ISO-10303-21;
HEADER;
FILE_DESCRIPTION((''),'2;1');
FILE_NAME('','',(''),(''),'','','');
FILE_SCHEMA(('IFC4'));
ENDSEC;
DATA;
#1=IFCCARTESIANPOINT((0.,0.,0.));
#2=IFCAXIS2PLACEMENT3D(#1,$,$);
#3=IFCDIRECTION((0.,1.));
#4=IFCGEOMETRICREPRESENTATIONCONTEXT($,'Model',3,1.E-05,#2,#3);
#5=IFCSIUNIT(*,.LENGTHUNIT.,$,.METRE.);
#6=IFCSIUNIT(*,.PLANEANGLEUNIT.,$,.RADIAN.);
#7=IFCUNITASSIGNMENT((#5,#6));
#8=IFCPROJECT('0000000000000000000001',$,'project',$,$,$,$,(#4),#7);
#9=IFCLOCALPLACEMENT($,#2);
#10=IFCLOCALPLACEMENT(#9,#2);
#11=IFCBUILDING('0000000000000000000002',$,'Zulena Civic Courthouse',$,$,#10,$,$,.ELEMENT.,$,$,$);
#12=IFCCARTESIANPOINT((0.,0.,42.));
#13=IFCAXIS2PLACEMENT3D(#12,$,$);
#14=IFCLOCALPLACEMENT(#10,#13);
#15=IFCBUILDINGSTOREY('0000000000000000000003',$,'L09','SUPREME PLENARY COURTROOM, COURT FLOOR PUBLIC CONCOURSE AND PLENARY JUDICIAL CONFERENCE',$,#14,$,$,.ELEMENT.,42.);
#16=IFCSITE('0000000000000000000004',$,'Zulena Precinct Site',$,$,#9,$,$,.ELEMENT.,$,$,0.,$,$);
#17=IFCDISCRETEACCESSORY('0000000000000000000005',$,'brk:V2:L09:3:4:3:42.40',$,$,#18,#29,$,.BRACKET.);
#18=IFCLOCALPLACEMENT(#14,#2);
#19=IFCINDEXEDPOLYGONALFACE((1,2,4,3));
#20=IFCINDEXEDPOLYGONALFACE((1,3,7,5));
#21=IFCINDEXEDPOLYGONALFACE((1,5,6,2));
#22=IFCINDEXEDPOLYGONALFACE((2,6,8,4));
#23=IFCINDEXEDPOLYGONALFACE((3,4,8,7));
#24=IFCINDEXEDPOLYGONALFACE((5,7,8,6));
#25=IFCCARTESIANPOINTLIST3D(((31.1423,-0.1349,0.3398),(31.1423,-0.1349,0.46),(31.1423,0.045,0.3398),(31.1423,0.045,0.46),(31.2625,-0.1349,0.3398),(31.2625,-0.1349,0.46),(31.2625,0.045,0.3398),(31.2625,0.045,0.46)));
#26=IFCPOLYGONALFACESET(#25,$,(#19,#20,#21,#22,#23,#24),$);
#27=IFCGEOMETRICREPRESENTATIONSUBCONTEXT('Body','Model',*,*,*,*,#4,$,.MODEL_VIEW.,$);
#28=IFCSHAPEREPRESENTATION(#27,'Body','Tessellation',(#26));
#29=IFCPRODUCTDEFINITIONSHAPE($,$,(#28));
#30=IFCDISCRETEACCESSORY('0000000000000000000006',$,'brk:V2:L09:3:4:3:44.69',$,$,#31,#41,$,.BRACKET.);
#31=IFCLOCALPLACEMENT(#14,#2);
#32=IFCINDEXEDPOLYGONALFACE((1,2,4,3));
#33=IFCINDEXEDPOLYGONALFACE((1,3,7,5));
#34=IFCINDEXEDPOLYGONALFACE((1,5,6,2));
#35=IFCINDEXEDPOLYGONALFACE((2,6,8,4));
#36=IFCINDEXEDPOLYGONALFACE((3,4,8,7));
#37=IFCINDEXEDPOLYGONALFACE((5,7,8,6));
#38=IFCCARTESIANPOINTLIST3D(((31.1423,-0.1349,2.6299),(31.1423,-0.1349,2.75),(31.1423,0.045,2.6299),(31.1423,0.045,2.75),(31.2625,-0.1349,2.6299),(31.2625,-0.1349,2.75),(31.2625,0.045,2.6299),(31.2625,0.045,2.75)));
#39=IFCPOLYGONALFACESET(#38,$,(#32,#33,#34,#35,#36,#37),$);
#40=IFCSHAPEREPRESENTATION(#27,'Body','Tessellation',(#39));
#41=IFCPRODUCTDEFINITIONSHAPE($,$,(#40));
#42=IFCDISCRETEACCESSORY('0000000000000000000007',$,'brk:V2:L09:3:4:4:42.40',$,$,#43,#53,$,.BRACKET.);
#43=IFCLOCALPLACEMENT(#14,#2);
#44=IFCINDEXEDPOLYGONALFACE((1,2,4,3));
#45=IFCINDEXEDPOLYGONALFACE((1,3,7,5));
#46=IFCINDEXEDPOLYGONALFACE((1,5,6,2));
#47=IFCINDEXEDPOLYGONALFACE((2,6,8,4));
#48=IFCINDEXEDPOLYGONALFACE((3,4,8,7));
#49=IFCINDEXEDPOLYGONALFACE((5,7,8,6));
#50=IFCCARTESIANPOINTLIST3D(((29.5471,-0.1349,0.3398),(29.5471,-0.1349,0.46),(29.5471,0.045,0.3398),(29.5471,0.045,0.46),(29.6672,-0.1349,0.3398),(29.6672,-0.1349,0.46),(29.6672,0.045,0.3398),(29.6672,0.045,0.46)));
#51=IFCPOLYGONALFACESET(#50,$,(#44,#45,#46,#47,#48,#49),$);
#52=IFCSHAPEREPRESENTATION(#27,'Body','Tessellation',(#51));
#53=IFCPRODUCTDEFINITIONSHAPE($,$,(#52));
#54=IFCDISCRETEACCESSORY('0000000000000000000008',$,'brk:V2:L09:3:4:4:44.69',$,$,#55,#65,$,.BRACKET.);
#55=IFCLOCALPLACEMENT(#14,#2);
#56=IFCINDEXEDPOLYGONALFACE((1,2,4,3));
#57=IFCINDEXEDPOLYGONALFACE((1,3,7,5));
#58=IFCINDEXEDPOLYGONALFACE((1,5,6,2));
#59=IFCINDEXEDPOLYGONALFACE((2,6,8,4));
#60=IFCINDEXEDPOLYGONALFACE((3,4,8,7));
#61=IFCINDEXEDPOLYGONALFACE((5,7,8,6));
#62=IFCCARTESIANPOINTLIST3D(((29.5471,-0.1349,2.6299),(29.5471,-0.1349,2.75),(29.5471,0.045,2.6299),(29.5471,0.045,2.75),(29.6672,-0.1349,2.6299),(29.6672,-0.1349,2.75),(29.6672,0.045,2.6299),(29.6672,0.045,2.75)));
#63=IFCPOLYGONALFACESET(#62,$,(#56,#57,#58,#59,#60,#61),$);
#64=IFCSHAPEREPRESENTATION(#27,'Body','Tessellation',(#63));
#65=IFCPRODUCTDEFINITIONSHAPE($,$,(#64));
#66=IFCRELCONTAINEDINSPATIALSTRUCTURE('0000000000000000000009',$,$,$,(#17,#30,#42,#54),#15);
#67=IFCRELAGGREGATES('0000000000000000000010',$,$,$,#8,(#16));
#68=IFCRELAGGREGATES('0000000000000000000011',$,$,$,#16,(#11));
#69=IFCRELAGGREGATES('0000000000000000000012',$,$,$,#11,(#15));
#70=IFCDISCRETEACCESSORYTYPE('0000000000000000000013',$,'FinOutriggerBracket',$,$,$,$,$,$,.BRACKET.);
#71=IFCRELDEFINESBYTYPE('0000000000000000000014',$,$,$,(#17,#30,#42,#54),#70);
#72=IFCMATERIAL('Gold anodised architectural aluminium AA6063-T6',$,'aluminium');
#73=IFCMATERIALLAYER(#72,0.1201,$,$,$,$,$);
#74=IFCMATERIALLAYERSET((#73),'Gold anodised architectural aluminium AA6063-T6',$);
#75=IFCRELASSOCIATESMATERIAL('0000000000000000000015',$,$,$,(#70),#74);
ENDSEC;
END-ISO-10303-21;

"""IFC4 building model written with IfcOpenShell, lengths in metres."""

from ifc_helpers import new_model, si_unit, direction, frame, origin, origin_2d, place, context, subcontext, project, spatial, rectangle, extrude, material, layer, layer_set, type_object, element, save


model = new_model("IFC4")

# Units and contexts
model_context = context("Model", 3, precision=1e-05, world=origin(), true_north=direction((0.0, 1.0)))
body_context = subcontext(model_context, "Body", "Model", "MODEL_VIEW")
ifc_project = project(units=[si_unit("LENGTHUNIT", "METRE"), si_unit("PLANEANGLEUNIT", "RADIAN")], contexts=[model_context])

# Site, building, storey
site_placement = place(None, origin())
site = spatial("IfcSite", under=ifc_project, at=site_placement, Name="Zulena Precinct Site", CompositionType="ELEMENT", RefElevation=0.0)
building_placement = place(site_placement, origin())
building = spatial("IfcBuilding", under=site, at=building_placement, Name="Zulena Civic Courthouse", CompositionType="ELEMENT")
storey_placement = place(building_placement, frame((0.0, 0.0, 42.0)))
storey = spatial("IfcBuildingStorey", under=building, at=storey_placement, Name="L09", Description="SUPREME PLENARY COURTROOM, COURT FLOOR PUBLIC CONCOURSE AND PLENARY JUDICIAL CONFERENCE", CompositionType="ELEMENT", Elevation=42.0)

# Shared definitions
ifc_material_1 = material(Name="Gold anodised architectural aluminium AA6063-T6", Category="aluminium")

# Discrete accessories
ifc_layer_1 = layer(ifc_material_1, 0.1201)
ifc_layer_set_1 = layer_set([ifc_layer_1], Name="Gold anodised architectural aluminium AA6063-T6")
discrete_accessory_type = type_object("IfcDiscreteAccessoryType", Name="FinOutriggerBracket", PredefinedType="BRACKET", material=ifc_layer_set_1)
for number, where, z_axis, x_axis, name in (
    (1, (31.2024, -0.0449, 0.3398), (0.0, 0.0, 1.0), (0.0, -1.0, 0.0), "brk:V2:L09:3:4:3:42.40"),
    (2, (31.2024, -0.0449, 2.6299), (0.0, 0.0, 1.0), (0.0, -1.0, 0.0), "brk:V2:L09:3:4:3:44.69"),
    (3, (29.6072, -0.0449, 0.3398), (0.0, 0.0, 1.0), (0.0, -1.0, 0.0), "brk:V2:L09:3:4:4:42.40"),
    (4, (29.6072, -0.0449, 2.6299), (0.0, 0.0, 1.0), (0.0, -1.0, 0.0), "brk:V2:L09:3:4:4:44.69"),
):
    element("IfcDiscreteAccessory", number, at=place(storey_placement, frame(where, z_axis=z_axis, x_axis=x_axis)), inside=storey, type_object=discrete_accessory_type, Name=name, PredefinedType="BRACKET", context=body_context, shape_type="SweptSolid", body=[
        extrude(rectangle(XDim=0.1799, YDim=0.1201, at=origin_2d()), origin(), (0.0, 0.0, 1.0), 0.1201),
    ])

save(model, "model.ifc")
